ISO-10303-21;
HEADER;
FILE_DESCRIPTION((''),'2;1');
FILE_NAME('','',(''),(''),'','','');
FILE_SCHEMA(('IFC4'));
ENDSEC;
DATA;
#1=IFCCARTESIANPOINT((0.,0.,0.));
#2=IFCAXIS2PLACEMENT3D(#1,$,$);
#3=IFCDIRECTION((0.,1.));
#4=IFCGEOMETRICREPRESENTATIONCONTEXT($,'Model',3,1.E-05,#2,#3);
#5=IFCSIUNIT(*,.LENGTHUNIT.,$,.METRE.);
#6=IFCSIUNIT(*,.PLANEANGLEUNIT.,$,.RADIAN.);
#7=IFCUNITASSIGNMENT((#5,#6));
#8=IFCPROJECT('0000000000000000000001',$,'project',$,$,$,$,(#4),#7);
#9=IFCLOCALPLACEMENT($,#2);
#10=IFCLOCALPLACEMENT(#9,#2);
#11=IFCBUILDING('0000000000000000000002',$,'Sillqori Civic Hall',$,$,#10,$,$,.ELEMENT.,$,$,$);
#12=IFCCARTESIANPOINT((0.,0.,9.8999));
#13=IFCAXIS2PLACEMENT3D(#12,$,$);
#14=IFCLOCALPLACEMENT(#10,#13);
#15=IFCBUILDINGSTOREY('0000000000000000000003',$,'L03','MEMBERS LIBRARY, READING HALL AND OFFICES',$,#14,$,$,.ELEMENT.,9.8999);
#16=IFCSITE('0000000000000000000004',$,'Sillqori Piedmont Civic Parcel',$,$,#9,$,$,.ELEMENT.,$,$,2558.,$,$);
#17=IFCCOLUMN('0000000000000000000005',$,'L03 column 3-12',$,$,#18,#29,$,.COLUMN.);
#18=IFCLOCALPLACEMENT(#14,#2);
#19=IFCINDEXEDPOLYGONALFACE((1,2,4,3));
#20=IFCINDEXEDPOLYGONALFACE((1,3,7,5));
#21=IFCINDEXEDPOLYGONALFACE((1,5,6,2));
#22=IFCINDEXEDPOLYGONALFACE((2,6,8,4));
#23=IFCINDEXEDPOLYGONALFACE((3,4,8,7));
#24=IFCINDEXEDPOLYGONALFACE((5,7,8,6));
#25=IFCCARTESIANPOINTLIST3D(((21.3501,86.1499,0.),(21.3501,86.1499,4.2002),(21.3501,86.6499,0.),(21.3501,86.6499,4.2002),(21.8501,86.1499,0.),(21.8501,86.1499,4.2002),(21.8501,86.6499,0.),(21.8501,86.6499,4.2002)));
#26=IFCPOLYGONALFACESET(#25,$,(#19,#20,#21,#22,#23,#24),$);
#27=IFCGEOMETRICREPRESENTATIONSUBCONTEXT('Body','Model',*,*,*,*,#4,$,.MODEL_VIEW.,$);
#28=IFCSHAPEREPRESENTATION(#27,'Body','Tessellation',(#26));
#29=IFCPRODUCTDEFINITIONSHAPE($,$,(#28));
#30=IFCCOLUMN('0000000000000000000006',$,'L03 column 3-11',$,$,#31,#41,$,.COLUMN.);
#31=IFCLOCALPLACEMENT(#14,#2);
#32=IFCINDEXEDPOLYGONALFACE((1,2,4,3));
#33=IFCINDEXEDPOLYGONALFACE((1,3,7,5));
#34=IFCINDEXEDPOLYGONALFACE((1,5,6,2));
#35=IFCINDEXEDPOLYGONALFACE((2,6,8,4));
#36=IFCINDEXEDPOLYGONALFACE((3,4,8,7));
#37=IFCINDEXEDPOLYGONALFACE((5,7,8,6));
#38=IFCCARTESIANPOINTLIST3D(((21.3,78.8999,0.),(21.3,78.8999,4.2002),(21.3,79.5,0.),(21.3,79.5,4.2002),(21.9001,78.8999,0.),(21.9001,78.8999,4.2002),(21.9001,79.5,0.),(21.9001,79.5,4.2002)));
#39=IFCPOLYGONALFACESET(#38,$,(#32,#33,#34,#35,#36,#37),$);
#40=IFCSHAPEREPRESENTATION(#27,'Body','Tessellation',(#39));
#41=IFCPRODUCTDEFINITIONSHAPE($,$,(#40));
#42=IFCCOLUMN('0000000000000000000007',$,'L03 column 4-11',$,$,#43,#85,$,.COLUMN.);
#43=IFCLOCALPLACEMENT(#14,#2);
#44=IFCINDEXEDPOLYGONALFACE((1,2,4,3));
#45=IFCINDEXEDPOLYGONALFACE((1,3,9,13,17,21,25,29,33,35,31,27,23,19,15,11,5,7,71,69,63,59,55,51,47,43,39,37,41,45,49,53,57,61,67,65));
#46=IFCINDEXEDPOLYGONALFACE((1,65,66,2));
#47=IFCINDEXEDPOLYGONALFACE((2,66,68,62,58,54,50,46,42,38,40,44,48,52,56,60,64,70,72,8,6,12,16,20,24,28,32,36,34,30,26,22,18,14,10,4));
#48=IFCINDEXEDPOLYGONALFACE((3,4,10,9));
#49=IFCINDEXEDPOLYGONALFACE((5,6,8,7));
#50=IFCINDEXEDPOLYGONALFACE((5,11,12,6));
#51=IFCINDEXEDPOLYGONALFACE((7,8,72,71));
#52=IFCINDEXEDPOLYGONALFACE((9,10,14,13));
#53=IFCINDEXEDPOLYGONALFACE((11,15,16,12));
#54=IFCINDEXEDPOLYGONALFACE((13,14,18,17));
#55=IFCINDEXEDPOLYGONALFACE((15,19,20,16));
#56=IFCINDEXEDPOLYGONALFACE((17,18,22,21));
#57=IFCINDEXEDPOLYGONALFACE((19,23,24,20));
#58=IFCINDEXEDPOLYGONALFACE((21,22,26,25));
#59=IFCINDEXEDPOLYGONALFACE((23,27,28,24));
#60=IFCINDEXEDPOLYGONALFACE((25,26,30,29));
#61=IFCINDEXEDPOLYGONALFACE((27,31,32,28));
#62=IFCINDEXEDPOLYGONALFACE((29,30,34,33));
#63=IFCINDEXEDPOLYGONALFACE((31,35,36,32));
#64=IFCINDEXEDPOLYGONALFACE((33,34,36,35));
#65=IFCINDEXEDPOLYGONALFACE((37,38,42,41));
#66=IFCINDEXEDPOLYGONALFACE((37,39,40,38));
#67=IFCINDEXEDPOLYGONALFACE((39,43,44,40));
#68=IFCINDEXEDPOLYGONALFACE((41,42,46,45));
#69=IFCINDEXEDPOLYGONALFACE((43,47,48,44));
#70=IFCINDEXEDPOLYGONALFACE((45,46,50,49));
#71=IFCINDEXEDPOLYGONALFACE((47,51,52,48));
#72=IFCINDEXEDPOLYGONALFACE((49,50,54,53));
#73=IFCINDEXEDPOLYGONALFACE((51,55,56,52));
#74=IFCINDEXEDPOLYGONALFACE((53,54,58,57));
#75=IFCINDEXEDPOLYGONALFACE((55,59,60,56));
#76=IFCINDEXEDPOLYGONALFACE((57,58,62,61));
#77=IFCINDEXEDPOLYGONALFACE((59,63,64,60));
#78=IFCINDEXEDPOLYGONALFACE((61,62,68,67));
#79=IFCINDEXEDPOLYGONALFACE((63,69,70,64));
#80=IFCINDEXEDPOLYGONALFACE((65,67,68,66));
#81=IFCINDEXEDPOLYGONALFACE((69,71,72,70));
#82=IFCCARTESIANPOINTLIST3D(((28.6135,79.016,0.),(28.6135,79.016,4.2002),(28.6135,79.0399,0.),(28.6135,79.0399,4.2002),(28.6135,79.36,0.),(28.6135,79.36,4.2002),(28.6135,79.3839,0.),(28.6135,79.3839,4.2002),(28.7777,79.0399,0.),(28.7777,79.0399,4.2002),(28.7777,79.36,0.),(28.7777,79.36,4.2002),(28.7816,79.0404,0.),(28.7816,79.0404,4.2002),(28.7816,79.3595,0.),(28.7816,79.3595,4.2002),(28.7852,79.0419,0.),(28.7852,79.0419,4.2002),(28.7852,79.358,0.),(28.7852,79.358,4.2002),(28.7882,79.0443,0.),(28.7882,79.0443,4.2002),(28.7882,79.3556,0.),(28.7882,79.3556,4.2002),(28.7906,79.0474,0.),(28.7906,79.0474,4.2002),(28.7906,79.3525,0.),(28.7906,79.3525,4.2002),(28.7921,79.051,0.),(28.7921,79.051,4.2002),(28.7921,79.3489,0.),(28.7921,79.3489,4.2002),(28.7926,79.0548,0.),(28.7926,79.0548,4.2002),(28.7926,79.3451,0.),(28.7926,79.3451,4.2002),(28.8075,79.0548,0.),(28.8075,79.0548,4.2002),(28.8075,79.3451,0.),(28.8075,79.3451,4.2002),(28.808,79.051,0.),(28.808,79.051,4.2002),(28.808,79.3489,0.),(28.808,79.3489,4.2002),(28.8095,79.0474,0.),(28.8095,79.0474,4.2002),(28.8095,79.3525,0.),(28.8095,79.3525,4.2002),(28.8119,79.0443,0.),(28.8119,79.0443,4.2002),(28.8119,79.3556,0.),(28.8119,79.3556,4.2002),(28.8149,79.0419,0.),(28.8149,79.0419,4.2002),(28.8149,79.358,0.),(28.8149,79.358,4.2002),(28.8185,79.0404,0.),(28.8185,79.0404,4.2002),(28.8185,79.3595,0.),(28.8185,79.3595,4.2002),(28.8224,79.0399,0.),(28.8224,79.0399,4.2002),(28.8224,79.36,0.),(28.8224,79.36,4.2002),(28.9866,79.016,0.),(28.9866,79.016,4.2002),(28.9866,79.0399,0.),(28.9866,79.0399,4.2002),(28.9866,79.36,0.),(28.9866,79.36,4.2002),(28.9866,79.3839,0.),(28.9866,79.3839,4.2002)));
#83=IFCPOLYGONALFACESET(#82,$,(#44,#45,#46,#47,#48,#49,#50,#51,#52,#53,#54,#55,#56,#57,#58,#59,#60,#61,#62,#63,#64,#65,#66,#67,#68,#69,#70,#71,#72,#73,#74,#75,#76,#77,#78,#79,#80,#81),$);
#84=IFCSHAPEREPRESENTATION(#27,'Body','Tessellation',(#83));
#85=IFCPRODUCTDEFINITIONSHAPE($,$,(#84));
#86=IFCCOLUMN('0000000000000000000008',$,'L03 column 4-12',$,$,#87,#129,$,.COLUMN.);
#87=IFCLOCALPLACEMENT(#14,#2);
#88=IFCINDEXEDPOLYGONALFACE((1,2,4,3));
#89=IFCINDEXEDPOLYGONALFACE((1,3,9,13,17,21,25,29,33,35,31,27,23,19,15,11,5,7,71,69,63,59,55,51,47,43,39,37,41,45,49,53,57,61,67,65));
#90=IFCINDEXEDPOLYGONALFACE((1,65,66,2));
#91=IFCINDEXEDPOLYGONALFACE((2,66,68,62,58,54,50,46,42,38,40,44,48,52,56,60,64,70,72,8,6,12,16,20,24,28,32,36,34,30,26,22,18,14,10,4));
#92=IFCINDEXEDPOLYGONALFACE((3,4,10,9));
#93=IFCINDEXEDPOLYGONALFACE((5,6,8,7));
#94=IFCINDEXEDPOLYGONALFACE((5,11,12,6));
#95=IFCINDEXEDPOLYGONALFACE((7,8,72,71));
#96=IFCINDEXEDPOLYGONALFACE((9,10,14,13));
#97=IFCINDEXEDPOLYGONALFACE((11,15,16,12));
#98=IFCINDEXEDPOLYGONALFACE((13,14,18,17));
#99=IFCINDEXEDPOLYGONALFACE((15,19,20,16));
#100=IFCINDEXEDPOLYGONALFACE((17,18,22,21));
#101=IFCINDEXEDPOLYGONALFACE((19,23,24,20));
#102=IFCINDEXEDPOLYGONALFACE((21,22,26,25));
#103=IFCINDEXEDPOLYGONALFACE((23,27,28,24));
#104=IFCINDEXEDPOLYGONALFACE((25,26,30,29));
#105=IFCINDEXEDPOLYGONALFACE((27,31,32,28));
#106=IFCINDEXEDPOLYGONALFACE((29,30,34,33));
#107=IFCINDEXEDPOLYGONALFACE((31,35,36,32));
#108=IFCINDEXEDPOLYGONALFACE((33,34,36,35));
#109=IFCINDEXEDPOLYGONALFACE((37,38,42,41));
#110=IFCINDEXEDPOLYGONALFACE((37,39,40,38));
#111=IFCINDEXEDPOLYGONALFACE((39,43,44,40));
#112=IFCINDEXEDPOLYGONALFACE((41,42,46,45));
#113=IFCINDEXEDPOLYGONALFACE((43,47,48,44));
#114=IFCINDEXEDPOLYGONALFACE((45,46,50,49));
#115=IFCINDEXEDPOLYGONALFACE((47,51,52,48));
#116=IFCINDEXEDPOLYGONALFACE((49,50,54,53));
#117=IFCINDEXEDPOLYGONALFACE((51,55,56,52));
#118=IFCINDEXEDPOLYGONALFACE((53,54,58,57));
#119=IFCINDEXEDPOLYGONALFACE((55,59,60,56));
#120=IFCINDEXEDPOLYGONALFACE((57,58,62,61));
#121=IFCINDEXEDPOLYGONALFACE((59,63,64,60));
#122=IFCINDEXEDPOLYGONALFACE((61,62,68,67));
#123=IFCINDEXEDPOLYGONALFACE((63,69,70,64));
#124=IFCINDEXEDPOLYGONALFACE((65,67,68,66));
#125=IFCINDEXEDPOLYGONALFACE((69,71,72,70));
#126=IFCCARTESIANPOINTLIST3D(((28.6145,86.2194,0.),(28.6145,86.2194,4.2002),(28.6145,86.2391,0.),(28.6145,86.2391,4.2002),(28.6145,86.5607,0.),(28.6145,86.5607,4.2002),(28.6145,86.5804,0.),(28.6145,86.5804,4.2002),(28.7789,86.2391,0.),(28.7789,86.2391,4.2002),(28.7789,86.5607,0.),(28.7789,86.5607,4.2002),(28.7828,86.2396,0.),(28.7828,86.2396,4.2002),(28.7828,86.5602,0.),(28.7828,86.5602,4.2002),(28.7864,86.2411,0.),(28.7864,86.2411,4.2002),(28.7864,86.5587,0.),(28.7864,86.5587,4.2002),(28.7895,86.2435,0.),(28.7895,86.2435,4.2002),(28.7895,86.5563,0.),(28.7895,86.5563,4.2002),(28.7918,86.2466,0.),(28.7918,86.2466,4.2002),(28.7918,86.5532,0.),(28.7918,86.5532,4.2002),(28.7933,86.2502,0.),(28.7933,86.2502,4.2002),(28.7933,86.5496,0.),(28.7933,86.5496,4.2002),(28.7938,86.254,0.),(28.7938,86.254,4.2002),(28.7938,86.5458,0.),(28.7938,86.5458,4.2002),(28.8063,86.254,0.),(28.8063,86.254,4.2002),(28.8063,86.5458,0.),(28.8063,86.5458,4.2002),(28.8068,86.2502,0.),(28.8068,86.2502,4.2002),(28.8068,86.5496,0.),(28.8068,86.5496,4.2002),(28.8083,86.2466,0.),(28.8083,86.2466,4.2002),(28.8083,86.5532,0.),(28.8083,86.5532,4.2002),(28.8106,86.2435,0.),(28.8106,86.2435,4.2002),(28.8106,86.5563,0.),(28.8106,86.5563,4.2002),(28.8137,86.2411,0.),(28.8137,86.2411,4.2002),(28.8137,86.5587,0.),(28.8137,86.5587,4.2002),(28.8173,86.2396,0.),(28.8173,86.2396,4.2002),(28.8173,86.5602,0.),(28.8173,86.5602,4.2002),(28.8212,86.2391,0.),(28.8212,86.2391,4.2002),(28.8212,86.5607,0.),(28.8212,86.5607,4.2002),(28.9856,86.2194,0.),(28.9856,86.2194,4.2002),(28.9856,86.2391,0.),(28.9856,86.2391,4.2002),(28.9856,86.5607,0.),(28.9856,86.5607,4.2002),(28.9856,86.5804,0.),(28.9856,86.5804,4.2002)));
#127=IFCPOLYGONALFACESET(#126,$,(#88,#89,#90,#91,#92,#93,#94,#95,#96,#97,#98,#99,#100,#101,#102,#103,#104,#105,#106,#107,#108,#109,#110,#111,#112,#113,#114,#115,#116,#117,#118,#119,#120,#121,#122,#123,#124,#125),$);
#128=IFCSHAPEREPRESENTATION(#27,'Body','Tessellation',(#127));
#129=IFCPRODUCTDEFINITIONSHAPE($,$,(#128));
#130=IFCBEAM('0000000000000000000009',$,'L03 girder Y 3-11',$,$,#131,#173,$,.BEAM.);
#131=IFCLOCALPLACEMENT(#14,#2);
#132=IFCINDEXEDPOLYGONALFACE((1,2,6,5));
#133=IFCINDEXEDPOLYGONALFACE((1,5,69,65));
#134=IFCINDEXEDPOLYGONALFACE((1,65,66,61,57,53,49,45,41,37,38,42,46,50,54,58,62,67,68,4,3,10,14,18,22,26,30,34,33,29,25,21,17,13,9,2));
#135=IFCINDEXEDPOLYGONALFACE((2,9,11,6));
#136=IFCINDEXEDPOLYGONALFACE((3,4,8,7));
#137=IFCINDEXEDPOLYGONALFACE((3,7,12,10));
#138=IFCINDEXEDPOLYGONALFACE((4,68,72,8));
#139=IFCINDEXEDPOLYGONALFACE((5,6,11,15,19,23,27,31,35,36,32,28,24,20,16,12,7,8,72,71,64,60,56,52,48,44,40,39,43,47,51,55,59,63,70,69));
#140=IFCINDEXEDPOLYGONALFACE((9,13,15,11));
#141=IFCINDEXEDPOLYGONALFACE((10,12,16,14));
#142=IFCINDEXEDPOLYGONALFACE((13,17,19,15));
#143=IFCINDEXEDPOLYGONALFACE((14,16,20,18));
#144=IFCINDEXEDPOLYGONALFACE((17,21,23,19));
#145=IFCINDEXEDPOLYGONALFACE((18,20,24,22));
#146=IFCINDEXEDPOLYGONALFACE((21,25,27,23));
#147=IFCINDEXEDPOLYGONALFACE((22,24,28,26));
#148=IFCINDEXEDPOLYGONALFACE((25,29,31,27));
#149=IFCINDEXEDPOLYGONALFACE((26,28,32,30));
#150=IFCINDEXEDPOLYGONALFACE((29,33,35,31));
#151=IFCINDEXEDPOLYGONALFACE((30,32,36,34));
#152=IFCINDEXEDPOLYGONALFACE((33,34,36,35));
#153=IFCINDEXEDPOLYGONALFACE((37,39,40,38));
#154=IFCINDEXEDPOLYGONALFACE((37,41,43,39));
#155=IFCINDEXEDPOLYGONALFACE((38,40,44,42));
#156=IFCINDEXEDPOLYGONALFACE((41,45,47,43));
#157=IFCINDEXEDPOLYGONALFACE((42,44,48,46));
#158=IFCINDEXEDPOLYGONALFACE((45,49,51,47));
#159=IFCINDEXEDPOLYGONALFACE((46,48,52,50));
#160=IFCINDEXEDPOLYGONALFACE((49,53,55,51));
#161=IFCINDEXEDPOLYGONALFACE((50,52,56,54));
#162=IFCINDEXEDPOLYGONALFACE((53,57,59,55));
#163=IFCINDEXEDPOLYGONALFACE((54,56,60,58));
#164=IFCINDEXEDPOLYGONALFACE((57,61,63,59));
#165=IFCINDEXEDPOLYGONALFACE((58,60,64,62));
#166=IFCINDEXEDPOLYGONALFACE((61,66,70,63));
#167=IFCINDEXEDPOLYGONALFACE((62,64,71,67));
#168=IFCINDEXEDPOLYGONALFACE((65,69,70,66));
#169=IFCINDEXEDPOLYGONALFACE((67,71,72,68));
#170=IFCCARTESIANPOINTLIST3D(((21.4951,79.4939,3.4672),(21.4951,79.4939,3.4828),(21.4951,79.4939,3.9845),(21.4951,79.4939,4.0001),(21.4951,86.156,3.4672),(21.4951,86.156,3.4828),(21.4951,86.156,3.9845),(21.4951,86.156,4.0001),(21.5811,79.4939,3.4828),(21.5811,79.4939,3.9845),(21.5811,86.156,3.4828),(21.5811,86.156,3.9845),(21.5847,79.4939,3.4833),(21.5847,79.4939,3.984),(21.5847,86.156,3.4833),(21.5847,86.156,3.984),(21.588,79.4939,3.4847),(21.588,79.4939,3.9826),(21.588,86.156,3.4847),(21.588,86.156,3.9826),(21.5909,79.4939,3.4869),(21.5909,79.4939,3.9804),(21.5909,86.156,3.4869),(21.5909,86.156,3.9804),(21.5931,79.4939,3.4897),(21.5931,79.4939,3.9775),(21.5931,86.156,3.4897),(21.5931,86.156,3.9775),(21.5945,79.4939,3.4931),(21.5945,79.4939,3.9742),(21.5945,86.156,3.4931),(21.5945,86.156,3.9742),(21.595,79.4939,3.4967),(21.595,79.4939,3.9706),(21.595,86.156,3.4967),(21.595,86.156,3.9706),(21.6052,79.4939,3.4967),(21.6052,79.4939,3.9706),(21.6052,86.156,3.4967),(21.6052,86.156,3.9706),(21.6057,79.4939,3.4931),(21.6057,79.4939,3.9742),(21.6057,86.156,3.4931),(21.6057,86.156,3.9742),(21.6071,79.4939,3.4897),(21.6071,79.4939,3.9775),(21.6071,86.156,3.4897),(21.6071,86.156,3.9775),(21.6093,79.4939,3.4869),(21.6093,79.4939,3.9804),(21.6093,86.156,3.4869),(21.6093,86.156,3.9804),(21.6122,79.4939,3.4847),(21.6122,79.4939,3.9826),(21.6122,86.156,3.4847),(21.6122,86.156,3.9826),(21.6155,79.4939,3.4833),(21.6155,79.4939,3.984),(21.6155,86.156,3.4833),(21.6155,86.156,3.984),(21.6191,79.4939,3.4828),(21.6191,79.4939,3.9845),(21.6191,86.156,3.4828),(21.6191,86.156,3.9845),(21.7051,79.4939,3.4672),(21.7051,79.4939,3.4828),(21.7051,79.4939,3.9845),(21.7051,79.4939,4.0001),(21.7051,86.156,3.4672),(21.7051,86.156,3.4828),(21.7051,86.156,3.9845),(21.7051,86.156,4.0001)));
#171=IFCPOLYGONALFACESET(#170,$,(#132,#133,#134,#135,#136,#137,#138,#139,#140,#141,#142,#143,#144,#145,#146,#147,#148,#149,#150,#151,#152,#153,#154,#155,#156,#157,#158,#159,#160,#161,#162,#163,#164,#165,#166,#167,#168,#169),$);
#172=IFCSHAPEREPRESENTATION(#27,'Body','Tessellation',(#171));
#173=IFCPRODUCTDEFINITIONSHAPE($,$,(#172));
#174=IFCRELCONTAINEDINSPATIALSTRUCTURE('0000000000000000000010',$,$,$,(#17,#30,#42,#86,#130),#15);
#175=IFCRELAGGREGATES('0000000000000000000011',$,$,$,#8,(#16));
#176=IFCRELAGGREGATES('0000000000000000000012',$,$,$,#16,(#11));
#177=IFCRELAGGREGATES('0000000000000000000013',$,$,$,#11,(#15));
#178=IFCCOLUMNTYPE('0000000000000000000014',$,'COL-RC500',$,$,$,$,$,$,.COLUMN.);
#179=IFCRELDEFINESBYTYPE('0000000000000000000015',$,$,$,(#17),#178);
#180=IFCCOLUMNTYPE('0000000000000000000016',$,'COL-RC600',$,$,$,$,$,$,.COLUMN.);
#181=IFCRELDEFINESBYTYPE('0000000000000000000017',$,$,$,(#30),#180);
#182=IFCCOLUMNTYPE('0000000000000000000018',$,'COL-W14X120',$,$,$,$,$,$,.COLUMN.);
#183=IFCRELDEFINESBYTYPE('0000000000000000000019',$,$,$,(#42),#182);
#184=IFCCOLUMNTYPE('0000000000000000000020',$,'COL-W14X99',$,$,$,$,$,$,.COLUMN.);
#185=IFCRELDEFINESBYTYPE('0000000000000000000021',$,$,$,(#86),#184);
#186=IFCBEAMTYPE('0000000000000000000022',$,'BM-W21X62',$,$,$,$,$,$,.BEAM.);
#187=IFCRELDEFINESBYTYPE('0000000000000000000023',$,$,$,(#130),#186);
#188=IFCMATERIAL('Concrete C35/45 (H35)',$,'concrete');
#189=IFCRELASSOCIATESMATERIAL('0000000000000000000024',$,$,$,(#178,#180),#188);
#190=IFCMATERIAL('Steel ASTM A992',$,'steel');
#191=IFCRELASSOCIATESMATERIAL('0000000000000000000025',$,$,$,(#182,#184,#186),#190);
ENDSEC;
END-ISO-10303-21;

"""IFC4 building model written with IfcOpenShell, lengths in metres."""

from ifc_helpers import new_model, si_unit, direction, frame, origin, origin_2d, place, context, subcontext, project, spatial, rectangle, i_section, extrude, material, material_profile, profile_set, type_object, element, save


model = new_model("IFC4")

# Units and contexts
model_context = context("Model", 3, precision=1e-05, world=origin(), true_north=direction((0.0, 1.0)))
body_context = subcontext(model_context, "Body", "Model", "MODEL_VIEW")
ifc_project = project(units=[si_unit("LENGTHUNIT", "METRE"), si_unit("PLANEANGLEUNIT", "RADIAN")], contexts=[model_context])

# Site, building, storey
site_placement = place(None, origin())
site = spatial("IfcSite", under=ifc_project, at=site_placement, Name="Sillqori Piedmont Civic Parcel", CompositionType="ELEMENT", RefElevation=2558.0)
building_placement = place(site_placement, origin())
building = spatial("IfcBuilding", under=site, at=building_placement, Name="Sillqori Civic Hall", CompositionType="ELEMENT")
storey_placement = place(building_placement, frame((0.0, 0.0, 9.8999)))
storey = spatial("IfcBuildingStorey", under=building, at=storey_placement, Name="L03", Description="MEMBERS LIBRARY, READING HALL AND OFFICES", CompositionType="ELEMENT", Elevation=9.8999)

# Columns
ifc_material_1 = material(Name="Concrete C35/45 (H35)", Category="concrete")
ifc_material_profile_1 = material_profile(ifc_material_1, rectangle(XDim=0.5, YDim=0.5, at=origin_2d()), Name="RC 500x500")
ifc_profile_set_1 = profile_set([ifc_material_profile_1], Name="Concrete C35/45 (H35)")
column_type_1 = type_object("IfcColumnType", Name="COL-RC500", PredefinedType="COLUMN", material=ifc_profile_set_1)
column_1_placement = place(storey_placement, frame((21.6001, 86.3999, 0.0), z_axis=(0.0, 0.0, 1.0), x_axis=(1.0, 0.0, 0.0)))
element("IfcColumn", 1, at=column_1_placement, inside=storey, type_object=column_type_1, Name="L03 column 3-12", PredefinedType="COLUMN", context=body_context, shape_type="SweptSolid", body=[
    extrude(rectangle(XDim=0.5, YDim=0.5, at=origin_2d()), origin(), (0.0, 0.0, 1.0), 4.2002),
])
ifc_material_profile_2 = material_profile(ifc_material_1, rectangle(XDim=0.6001, YDim=0.6001, at=origin_2d()), Name="RC 600x600")
ifc_profile_set_2 = profile_set([ifc_material_profile_2], Name="Concrete C35/45 (H35)")
column_type_2 = type_object("IfcColumnType", Name="COL-RC600", PredefinedType="COLUMN", material=ifc_profile_set_2)
column_2_placement = place(storey_placement, frame((21.6001, 79.2, 0.0), z_axis=(0.0, 0.0, 1.0), x_axis=(1.0, 0.0, 0.0)))
element("IfcColumn", 2, at=column_2_placement, inside=storey, type_object=column_type_2, Name="L03 column 3-11", PredefinedType="COLUMN", context=body_context, shape_type="SweptSolid", body=[
    extrude(rectangle(XDim=0.6001, YDim=0.6001, at=origin_2d()), origin(), (0.0, 0.0, 1.0), 4.2002),
])
ifc_material_2 = material(Name="Steel ASTM A992", Category="steel")
ifc_material_profile_3 = material_profile(ifc_material_2, i_section(OverallWidth=0.373, OverallDepth=0.3679, WebThickness=0.0149, FlangeThickness=0.0239, FilletRadius=0.0149, at=origin_2d()), Name="W14X120")
ifc_profile_set_3 = profile_set([ifc_material_profile_3], Name="Steel ASTM A992")
column_type_3 = type_object("IfcColumnType", Name="COL-W14X120", PredefinedType="COLUMN", material=ifc_profile_set_3)
column_3_placement = place(storey_placement, frame((28.8, 79.2, 0.0), z_axis=(0.0, 0.0, 1.0), x_axis=(1.0, 0.0, 0.0)))
element("IfcColumn", 3, at=column_3_placement, inside=storey, type_object=column_type_3, Name="L03 column 4-11", PredefinedType="COLUMN", context=body_context, shape_type="SweptSolid", body=[
    extrude(i_section(OverallWidth=0.373, OverallDepth=0.3679, WebThickness=0.0149, FlangeThickness=0.0239, FilletRadius=0.0149, at=origin_2d()), origin(), (0.0, 0.0, 1.0), 4.2002),
])
ifc_material_profile_4 = material_profile(ifc_material_2, i_section(OverallWidth=0.3711, OverallDepth=0.3611, WebThickness=0.0125, FlangeThickness=0.0198, FilletRadius=0.0149, at=origin_2d()), Name="W14X99")
ifc_profile_set_4 = profile_set([ifc_material_profile_4], Name="Steel ASTM A992")
column_type_4 = type_object("IfcColumnType", Name="COL-W14X99", PredefinedType="COLUMN", material=ifc_profile_set_4)
column_4_placement = place(storey_placement, frame((28.8, 86.3999, 0.0), z_axis=(0.0, 0.0, 1.0), x_axis=(1.0, 0.0, 0.0)))
element("IfcColumn", 4, at=column_4_placement, inside=storey, type_object=column_type_4, Name="L03 column 4-12", PredefinedType="COLUMN", context=body_context, shape_type="SweptSolid", body=[
    extrude(i_section(OverallWidth=0.3711, OverallDepth=0.3611, WebThickness=0.0125, FlangeThickness=0.0198, FilletRadius=0.0149, at=origin_2d()), origin(), (0.0, 0.0, 1.0), 4.2002),
])

# Beam
ifc_material_profile_5 = material_profile(ifc_material_2, i_section(OverallWidth=0.21, OverallDepth=0.533, WebThickness=0.0103, FlangeThickness=0.0156, FilletRadius=0.0139, at=origin_2d()), Name="W21X62")
ifc_profile_set_5 = profile_set([ifc_material_profile_5], Name="Steel ASTM A992")
beam_type_1 = type_object("IfcBeamType", Name="BM-W21X62", PredefinedType="BEAM", material=ifc_profile_set_5)
beam_1_placement = place(storey_placement, frame((21.6001, 79.4939, 3.7336), z_axis=(0.0, 1.0, 0.0), x_axis=(-1.0, 0.0, 0.0)))
element("IfcBeam", 5, at=beam_1_placement, inside=storey, type_object=beam_type_1, Name="L03 girder Y 3-11", PredefinedType="BEAM", context=body_context, shape_type="SweptSolid", body=[
    extrude(i_section(OverallWidth=0.21, OverallDepth=0.533, WebThickness=0.0103, FlangeThickness=0.0156, FilletRadius=0.0139, at=origin_2d()), origin(), (0.0, 0.0, 1.0), 6.6621),
])

save(model, "model.ifc")
